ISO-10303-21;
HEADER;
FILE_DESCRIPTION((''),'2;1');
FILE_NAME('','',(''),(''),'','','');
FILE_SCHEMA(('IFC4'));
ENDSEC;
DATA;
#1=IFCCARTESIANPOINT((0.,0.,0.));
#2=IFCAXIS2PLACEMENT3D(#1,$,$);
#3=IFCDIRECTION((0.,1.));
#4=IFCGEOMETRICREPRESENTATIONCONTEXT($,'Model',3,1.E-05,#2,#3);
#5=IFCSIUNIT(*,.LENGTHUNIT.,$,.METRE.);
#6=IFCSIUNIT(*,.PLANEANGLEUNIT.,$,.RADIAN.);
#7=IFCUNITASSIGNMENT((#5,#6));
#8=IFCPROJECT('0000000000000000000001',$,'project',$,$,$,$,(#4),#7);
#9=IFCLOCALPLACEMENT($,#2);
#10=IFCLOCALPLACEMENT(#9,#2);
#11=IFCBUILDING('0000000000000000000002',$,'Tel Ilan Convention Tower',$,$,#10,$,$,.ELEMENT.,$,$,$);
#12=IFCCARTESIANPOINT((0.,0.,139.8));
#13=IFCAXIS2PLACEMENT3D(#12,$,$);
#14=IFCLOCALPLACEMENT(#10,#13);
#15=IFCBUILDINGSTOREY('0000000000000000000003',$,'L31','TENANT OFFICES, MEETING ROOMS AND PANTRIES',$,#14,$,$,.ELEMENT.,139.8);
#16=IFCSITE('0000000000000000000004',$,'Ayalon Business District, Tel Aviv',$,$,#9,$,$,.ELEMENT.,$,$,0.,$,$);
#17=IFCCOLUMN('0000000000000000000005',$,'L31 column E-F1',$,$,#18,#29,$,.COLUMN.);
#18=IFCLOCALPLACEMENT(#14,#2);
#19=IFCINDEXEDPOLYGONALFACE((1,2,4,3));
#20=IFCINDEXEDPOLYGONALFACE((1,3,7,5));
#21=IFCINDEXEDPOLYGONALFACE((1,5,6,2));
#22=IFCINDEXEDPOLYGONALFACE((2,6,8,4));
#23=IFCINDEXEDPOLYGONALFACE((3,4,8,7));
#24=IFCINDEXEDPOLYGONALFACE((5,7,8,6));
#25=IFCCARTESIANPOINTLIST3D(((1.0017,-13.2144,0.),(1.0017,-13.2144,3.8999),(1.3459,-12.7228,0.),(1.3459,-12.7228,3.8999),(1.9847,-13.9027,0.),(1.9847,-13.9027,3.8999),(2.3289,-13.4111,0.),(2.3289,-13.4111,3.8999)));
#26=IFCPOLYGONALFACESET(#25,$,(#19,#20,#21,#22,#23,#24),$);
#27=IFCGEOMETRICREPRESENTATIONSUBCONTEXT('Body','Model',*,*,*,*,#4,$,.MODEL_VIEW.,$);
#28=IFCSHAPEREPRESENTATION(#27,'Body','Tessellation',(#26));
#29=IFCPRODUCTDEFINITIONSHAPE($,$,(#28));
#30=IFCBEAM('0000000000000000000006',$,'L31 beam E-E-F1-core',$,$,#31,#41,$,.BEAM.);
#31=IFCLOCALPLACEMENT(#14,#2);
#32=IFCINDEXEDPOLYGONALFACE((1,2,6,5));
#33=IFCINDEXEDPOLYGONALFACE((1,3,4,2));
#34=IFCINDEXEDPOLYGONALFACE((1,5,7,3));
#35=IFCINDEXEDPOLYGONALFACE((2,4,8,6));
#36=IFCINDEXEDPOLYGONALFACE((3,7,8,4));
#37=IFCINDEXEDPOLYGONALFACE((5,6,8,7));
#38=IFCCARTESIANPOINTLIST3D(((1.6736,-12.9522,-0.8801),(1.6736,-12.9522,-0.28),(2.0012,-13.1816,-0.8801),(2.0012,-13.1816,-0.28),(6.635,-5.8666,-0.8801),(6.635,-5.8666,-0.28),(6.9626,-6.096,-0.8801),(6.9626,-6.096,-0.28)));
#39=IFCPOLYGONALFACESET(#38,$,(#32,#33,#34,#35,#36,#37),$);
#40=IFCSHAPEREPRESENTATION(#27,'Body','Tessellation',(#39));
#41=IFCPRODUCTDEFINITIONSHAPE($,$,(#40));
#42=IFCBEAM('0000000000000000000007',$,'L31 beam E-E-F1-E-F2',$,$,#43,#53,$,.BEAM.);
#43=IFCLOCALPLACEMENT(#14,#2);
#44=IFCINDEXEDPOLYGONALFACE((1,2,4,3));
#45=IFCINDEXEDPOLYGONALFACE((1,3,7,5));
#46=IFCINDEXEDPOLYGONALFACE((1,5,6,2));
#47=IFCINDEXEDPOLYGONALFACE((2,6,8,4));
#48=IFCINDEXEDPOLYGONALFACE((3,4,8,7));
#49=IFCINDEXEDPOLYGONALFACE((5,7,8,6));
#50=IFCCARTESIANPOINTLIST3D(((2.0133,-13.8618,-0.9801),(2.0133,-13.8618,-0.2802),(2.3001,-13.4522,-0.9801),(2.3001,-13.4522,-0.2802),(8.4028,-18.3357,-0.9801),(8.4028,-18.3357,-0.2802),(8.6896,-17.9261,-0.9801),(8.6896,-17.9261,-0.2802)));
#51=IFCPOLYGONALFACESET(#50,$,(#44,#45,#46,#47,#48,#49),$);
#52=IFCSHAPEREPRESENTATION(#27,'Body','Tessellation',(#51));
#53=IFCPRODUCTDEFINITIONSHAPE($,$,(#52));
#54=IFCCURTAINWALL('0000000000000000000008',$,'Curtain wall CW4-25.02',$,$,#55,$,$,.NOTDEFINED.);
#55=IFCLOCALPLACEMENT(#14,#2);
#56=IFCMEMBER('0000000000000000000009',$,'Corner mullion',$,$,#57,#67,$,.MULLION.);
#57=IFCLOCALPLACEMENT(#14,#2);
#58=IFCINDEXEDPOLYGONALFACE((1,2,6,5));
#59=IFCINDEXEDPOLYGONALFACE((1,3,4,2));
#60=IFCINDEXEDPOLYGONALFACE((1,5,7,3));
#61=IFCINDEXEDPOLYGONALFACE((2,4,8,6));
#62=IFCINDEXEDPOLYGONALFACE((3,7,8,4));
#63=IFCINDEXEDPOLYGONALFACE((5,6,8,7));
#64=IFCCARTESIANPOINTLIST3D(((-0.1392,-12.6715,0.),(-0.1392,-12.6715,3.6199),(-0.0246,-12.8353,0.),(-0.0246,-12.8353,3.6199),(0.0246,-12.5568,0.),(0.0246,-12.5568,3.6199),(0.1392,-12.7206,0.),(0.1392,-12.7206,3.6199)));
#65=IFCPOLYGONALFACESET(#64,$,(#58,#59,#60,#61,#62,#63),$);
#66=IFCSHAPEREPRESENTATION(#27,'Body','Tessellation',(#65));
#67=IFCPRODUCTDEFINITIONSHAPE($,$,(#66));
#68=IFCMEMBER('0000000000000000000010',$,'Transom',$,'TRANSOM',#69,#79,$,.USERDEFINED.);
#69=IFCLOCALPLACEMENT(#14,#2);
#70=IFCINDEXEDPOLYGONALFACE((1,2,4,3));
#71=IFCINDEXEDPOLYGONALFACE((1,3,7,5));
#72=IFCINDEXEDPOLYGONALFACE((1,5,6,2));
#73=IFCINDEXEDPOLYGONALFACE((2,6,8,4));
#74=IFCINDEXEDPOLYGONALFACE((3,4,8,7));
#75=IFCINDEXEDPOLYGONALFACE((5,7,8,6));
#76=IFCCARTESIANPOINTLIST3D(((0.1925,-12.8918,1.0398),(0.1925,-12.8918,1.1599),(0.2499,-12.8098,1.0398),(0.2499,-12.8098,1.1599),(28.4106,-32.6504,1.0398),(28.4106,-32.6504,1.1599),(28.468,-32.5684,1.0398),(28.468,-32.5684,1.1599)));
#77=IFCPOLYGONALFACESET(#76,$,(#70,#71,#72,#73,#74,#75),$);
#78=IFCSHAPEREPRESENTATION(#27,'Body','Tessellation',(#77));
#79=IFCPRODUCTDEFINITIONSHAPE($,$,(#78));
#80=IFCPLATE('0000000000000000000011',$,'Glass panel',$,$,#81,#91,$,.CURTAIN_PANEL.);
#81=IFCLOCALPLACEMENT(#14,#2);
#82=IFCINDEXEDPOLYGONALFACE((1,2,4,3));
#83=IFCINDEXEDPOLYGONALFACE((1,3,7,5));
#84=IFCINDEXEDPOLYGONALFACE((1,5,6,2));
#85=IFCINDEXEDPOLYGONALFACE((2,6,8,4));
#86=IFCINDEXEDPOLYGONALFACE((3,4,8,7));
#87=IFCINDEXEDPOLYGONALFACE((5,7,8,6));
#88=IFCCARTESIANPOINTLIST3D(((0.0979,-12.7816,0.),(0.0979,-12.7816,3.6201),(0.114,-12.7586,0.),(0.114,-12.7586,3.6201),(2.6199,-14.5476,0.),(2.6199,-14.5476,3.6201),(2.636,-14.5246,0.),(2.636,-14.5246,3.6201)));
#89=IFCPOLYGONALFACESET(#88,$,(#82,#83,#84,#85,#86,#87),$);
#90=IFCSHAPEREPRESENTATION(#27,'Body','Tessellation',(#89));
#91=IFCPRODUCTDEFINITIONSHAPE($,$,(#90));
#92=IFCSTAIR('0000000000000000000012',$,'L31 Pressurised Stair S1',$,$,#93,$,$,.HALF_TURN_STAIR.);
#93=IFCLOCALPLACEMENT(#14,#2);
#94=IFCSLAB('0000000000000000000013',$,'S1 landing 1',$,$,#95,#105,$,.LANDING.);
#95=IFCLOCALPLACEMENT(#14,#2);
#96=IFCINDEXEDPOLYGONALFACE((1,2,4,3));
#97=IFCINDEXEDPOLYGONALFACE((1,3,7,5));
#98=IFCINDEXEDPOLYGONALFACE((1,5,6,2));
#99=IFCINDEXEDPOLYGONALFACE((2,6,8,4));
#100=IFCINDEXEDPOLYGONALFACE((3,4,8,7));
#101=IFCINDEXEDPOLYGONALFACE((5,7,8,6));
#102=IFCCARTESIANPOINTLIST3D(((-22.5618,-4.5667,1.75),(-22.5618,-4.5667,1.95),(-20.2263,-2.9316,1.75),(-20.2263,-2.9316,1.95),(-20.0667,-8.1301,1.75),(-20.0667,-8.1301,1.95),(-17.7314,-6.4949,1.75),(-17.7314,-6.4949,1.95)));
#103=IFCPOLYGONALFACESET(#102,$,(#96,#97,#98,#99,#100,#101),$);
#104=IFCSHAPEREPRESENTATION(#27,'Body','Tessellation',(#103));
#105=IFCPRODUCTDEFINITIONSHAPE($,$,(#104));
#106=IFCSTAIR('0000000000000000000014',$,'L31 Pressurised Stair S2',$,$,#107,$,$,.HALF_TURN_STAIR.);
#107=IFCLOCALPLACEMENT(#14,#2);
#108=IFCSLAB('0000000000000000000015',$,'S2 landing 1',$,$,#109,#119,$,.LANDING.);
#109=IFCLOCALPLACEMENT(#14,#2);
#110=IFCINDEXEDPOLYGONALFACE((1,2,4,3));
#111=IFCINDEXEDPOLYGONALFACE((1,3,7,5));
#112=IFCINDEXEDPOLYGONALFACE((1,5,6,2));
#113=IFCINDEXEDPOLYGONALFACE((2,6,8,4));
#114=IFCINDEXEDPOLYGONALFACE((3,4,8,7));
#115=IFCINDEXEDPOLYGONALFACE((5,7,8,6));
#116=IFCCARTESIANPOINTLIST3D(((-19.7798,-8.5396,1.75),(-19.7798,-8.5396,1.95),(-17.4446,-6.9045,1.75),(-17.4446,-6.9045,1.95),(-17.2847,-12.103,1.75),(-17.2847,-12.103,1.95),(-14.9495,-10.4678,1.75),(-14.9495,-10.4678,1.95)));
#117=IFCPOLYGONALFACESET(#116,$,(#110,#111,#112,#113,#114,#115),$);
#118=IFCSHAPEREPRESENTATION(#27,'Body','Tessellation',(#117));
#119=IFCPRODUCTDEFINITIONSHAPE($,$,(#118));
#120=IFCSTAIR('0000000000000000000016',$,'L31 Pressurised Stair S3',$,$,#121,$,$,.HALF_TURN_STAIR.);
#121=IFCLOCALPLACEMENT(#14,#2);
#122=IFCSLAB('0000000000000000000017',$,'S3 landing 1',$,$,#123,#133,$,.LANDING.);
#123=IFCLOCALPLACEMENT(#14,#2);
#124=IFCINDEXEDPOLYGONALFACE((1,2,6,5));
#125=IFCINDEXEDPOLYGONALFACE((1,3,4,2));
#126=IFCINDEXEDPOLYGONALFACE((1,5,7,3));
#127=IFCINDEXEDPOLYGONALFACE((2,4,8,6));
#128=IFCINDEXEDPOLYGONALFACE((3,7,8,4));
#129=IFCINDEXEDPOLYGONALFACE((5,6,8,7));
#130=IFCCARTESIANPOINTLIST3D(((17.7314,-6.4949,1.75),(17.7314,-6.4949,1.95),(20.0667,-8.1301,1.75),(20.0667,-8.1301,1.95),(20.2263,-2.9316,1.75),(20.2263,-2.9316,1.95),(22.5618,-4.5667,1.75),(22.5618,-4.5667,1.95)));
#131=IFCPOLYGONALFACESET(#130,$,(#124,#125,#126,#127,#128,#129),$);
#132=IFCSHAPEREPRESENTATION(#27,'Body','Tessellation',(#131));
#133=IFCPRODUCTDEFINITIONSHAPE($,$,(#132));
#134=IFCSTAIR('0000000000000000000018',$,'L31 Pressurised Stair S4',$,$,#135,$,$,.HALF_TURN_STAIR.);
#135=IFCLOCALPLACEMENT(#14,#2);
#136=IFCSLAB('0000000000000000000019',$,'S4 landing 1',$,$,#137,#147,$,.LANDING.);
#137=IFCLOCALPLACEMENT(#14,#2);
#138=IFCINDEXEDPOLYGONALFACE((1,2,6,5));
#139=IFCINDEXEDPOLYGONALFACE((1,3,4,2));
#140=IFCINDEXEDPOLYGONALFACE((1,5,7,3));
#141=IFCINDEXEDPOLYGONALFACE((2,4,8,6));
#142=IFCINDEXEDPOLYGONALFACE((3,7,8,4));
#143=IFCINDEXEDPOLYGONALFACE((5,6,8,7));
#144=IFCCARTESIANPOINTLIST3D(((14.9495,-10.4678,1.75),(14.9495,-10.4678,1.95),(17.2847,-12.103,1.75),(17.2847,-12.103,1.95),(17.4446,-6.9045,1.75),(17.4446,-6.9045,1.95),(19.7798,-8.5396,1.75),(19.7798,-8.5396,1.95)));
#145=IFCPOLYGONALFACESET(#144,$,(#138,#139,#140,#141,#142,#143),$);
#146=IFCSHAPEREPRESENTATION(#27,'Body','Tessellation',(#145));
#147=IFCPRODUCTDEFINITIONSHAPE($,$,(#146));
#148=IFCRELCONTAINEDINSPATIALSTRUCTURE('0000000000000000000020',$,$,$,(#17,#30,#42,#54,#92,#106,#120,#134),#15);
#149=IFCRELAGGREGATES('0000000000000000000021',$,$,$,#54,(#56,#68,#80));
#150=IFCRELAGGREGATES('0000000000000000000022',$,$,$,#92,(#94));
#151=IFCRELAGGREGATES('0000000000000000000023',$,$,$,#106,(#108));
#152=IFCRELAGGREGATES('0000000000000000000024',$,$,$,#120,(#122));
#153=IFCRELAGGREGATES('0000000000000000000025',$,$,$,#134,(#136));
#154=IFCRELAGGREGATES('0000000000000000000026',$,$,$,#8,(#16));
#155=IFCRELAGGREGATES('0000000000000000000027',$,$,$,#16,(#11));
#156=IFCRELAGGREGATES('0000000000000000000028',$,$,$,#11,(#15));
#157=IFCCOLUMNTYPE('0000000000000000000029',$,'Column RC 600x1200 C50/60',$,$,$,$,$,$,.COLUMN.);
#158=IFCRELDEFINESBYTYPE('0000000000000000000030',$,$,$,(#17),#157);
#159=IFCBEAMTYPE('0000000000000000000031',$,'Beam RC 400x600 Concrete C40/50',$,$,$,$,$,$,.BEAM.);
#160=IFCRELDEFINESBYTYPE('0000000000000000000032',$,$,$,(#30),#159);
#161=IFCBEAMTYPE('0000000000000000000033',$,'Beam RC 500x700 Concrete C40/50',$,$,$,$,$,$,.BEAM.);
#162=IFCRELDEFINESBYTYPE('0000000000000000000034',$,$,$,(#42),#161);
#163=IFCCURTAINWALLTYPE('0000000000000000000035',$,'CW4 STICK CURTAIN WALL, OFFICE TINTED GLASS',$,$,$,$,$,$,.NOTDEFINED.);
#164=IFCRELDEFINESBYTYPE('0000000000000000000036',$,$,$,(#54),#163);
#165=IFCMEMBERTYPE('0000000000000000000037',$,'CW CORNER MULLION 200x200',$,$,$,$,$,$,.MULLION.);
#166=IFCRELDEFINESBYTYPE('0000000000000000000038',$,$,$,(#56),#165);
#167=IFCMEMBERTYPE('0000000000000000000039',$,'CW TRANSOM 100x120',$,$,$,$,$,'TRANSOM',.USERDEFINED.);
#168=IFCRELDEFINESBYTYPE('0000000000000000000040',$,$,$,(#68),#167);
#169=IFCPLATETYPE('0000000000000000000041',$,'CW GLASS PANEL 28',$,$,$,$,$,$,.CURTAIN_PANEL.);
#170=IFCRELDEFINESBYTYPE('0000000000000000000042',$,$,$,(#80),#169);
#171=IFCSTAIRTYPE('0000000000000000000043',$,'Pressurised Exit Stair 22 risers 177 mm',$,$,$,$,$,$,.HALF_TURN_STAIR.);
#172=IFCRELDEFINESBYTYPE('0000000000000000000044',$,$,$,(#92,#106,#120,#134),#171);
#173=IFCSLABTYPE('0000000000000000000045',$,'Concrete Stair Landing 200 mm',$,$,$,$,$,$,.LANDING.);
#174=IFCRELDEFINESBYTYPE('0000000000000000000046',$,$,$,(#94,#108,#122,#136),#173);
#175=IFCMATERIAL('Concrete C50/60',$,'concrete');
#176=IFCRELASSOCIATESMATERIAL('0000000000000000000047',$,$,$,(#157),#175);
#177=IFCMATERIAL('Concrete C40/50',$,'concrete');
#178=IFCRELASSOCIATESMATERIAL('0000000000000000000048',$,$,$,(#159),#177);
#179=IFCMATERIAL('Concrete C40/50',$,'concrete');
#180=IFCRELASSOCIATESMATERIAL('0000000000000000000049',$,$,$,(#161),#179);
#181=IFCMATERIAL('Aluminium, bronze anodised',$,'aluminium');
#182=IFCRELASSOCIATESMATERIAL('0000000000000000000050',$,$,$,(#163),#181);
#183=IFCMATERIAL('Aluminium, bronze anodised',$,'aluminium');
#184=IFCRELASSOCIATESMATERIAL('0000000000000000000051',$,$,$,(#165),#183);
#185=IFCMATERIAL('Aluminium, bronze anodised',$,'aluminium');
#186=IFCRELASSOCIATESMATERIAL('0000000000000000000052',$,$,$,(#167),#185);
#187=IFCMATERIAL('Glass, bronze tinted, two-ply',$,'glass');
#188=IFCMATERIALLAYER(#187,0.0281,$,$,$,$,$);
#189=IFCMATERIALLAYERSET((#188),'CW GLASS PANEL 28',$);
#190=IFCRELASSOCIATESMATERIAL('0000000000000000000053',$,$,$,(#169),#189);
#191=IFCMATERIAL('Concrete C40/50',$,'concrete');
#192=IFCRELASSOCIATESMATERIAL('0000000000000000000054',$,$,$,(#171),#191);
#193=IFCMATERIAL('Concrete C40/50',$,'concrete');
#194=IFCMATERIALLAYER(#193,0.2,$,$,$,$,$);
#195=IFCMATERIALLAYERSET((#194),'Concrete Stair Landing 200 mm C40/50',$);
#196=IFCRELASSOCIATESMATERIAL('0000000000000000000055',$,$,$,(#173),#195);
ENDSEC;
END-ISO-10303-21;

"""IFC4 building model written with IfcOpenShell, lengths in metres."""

from ifc_helpers import new_model, si_unit, direction, frame, origin, origin_2d, place, context, subcontext, project, spatial, polyline, rectangle, outline, extrude, material, layer, layer_set, material_profile, profile_set, type_object, element, aggregate, save


model = new_model("IFC4")

# Units and contexts
model_context = context("Model", 3, precision=1e-05, world=origin(), true_north=direction((0.0, 1.0)))
body_context = subcontext(model_context, "Body", "Model", "MODEL_VIEW")
ifc_project = project(units=[si_unit("LENGTHUNIT", "METRE"), si_unit("PLANEANGLEUNIT", "RADIAN")], contexts=[model_context])

# Site, building, storey
site_placement = place(None, origin())
site = spatial("IfcSite", under=ifc_project, at=site_placement, Name="Ayalon Business District, Tel Aviv", CompositionType="ELEMENT", RefElevation=0.0)
building_placement = place(site_placement, origin())
building = spatial("IfcBuilding", under=site, at=building_placement, Name="Tel Ilan Convention Tower", CompositionType="ELEMENT")
storey_placement = place(building_placement, frame((0.0, 0.0, 139.8)))
storey = spatial("IfcBuildingStorey", under=building, at=storey_placement, Name="L31", Description="TENANT OFFICES, MEETING ROOMS AND PANTRIES", CompositionType="ELEMENT", Elevation=139.8)

# Column
ifc_material_1 = material(Name="Concrete C50/60", Category="concrete")
ifc_material_profile_1 = material_profile(ifc_material_1, rectangle(XDim=1.2, YDim=0.6001, at=origin_2d()), Name="RC 600x1200")
ifc_profile_set_1 = profile_set([ifc_material_profile_1], Name="Concrete C50/60")
column_type = type_object("IfcColumnType", Name="Column RC 600x1200 C50/60", PredefinedType="COLUMN", material=ifc_profile_set_1)
column_placement = place(storey_placement, frame((1.6653, -13.3127, 0.0), z_axis=(0.0, 0.0, 1.0), x_axis=(0.819152, -0.573576, 0.0)))
element("IfcColumn", 1, at=column_placement, inside=storey, type_object=column_type, Name="L31 column E-F1", PredefinedType="COLUMN", context=body_context, shape_type="SweptSolid", body=[
    extrude(rectangle(XDim=1.2, YDim=0.6001, at=origin_2d()), origin(), (0.0, 0.0, 1.0), 3.8999),
])

# Beams
ifc_material_2 = material(Name="Concrete C40/50", Category="concrete")
ifc_material_profile_2 = material_profile(ifc_material_2, rectangle(XDim=0.3999, YDim=0.6001, at=origin_2d()), Name="RC 400x600")
ifc_profile_set_2 = profile_set([ifc_material_profile_2], Name="Concrete C40/50")
beam_type_1 = type_object("IfcBeamType", Name="Beam RC 400x600 Concrete C40/50", PredefinedType="BEAM", material=ifc_profile_set_2)
beam_1_placement = place(storey_placement, frame((1.8374, -13.0669, -0.5801), z_axis=(0.573574, 0.819154, 0.0), x_axis=(-0.819154, 0.573574, 0.0)))
element("IfcBeam", 2, at=beam_1_placement, inside=storey, type_object=beam_type_1, Name="L31 beam E-E-F1-core", PredefinedType="BEAM", context=body_context, shape_type="SweptSolid", body=[
    extrude(rectangle(XDim=0.3999, YDim=0.6001, at=origin_2d()), origin(), (0.0, 0.0, 1.0), 8.6499),
])
ifc_material_3 = material(Name="Concrete C40/50", Category="concrete")
ifc_material_profile_3 = material_profile(ifc_material_3, rectangle(XDim=0.5, YDim=0.7, at=origin_2d()), Name="RC 500x700")
ifc_profile_set_3 = profile_set([ifc_material_profile_3], Name="Concrete C40/50")
beam_type_2 = type_object("IfcBeamType", Name="Beam RC 500x700 Concrete C40/50", PredefinedType="BEAM", material=ifc_profile_set_3)
beam_2_placement = place(storey_placement, frame((2.1567, -13.657, -0.6301), z_axis=(0.819154, -0.573574, 0.0), x_axis=(0.573574, 0.819154, 0.0)))
element("IfcBeam", 3, at=beam_2_placement, inside=storey, type_object=beam_type_2, Name="L31 beam E-E-F1-E-F2", PredefinedType="BEAM", context=body_context, shape_type="SweptSolid", body=[
    extrude(rectangle(XDim=0.5, YDim=0.7, at=origin_2d()), origin(), (0.0, 0.0, 1.0), 7.8),
])

# Curtain wall, members, plate
ifc_material_4 = material(Name="Aluminium, bronze anodised", Category="aluminium")
curtain_wall_type = type_object("IfcCurtainWallType", Name="CW4 STICK CURTAIN WALL, OFFICE TINTED GLASS", PredefinedType="NOTDEFINED", material=ifc_material_4)
curtain_wall_placement = place(storey_placement, origin())
curtain_wall = element("IfcCurtainWall", 4, at=curtain_wall_placement, inside=storey, type_object=curtain_wall_type, Name="Curtain wall CW4-25.02", PredefinedType="NOTDEFINED")
ifc_material_5 = material(Name="Aluminium, bronze anodised", Category="aluminium")
ifc_material_profile_4 = material_profile(ifc_material_5, rectangle(XDim=0.2, YDim=0.2, at=origin_2d()), Name="CW CORNER MULLION 200x200")
ifc_profile_set_4 = profile_set([ifc_material_profile_4], Name="Aluminium, bronze anodised")
member_type_1 = type_object("IfcMemberType", Name="CW CORNER MULLION 200x200", PredefinedType="MULLION", material=ifc_profile_set_4)
member_1_placement = place(storey_placement, frame((0.0, -12.696, 0.0), z_axis=(0.0, 0.0, 1.0), x_axis=(0.819152, 0.573576, 0.0)))
member_1 = element("IfcMember", 5, at=member_1_placement, type_object=member_type_1, Name="Corner mullion", PredefinedType="MULLION", context=body_context, shape_type="SweptSolid", body=[
    extrude(rectangle(XDim=0.2, YDim=0.2, at=origin_2d()), origin(), (0.0, 0.0, 1.0), 3.6199),
])
ifc_material_6 = material(Name="Aluminium, bronze anodised", Category="aluminium")
ifc_material_profile_5 = material_profile(ifc_material_6, rectangle(XDim=0.1001, YDim=0.1201, at=origin_2d()), Name="CW TRANSOM 100x120")
ifc_profile_set_5 = profile_set([ifc_material_profile_5], Name="Aluminium, bronze anodised")
member_type_2 = type_object("IfcMemberType", Name="CW TRANSOM 100x120", ElementType="TRANSOM", PredefinedType="USERDEFINED", material=ifc_profile_set_5)
member_2_placement = place(storey_placement, frame((0.2212, -12.8508, 1.0999), z_axis=(0.819151, -0.573578, 0.0), x_axis=(0.573578, 0.819151, 0.0)))
member_2 = element("IfcMember", 6, at=member_2_placement, type_object=member_type_2, Name="Transom", ObjectType="TRANSOM", PredefinedType="USERDEFINED", context=body_context, shape_type="SweptSolid", body=[
    extrude(rectangle(XDim=0.1001, YDim=0.1201, at=origin_2d()), origin(), (0.0, 0.0, 1.0), 34.448),
])
ifc_material_7 = material(Name="Glass, bronze tinted, two-ply", Category="glass")
ifc_layer_1 = layer(ifc_material_7, 0.0281)
ifc_layer_set_1 = layer_set([ifc_layer_1], Name="CW GLASS PANEL 28")
plate_type = type_object("IfcPlateType", Name="CW GLASS PANEL 28", PredefinedType="CURTAIN_PANEL", material=ifc_layer_set_1)
plate_placement = place(storey_placement, frame((1.3669, -13.6531, 0.0), z_axis=(0.0, 0.0, 1.0), x_axis=(0.819152, -0.573576, 0.0)))
plate = element("IfcPlate", 7, at=plate_placement, type_object=plate_type, Name="Glass panel", PredefinedType="CURTAIN_PANEL", context=body_context, shape_type="SweptSolid", body=[
    extrude(rectangle(XDim=3.0789, YDim=0.0281, at=origin_2d()), origin(), (0.0, 0.0, 1.0), 3.6201),
])
aggregate(curtain_wall, [member_1, member_2, plate])

# Stairs, slabs
ifc_material_8 = material(Name="Concrete C40/50", Category="concrete")
stair_type = type_object("IfcStairType", Name="Pressurised Exit Stair 22 risers 177 mm", PredefinedType="HALF_TURN_STAIR", material=ifc_material_8)
stair_1_placement = place(storey_placement, origin())
stair_1 = element("IfcStair", 8, at=stair_1_placement, inside=storey, type_object=stair_type, Name="L31 Pressurised Stair S1", PredefinedType="HALF_TURN_STAIR")
ifc_material_9 = material(Name="Concrete C40/50", Category="concrete")
ifc_layer_2 = layer(ifc_material_9, 0.2)
ifc_layer_set_2 = layer_set([ifc_layer_2], Name="Concrete Stair Landing 200 mm C40/50")
slab_type_1 = type_object("IfcSlabType", Name="Concrete Stair Landing 200 mm", PredefinedType="LANDING", material=ifc_layer_set_2)
slab_1_placement = place(storey_placement, frame((0.0, 0.0, 1.75)))
slab_1 = element("IfcSlab", 9, at=slab_1_placement, type_object=slab_type_1, Name="S1 landing 1", PredefinedType="LANDING", context=body_context, shape_type="SweptSolid", body=[
    extrude(outline(polyline([(-20.0667, -8.1301), (-17.7314, -6.4949), (-20.2263, -2.9316), (-22.5618, -4.5667), (-20.0667, -8.1301)])), origin(), (0.0, 0.0, 1.0), 0.2),
])
aggregate(stair_1, [slab_1])
stair_2_placement = place(storey_placement, origin())
stair_2 = element("IfcStair", 10, at=stair_2_placement, inside=storey, type_object=stair_type, Name="L31 Pressurised Stair S2", PredefinedType="HALF_TURN_STAIR")
slab_2_placement = place(storey_placement, frame((0.0, 0.0, 1.75)))
slab_2 = element("IfcSlab", 11, at=slab_2_placement, type_object=slab_type_1, Name="S2 landing 1", PredefinedType="LANDING", context=body_context, shape_type="SweptSolid", body=[
    extrude(outline(polyline([(-17.2847, -12.103), (-14.9495, -10.4678), (-17.4446, -6.9045), (-19.7798, -8.5396), (-17.2847, -12.103)])), origin(), (0.0, 0.0, 1.0), 0.2),
])
aggregate(stair_2, [slab_2])
stair_3_placement = place(storey_placement, origin())
stair_3 = element("IfcStair", 12, at=stair_3_placement, inside=storey, type_object=stair_type, Name="L31 Pressurised Stair S3", PredefinedType="HALF_TURN_STAIR")
slab_3_placement = place(storey_placement, frame((0.0, 0.0, 1.75)))
slab_3 = element("IfcSlab", 13, at=slab_3_placement, type_object=slab_type_1, Name="S3 landing 1", PredefinedType="LANDING", context=body_context, shape_type="SweptSolid", body=[
    extrude(outline(polyline([(22.5618, -4.5667), (20.2263, -2.9316), (17.7314, -6.4949), (20.0667, -8.1301), (22.5618, -4.5667)])), origin(), (0.0, 0.0, 1.0), 0.2),
])
aggregate(stair_3, [slab_3])
stair_4_placement = place(storey_placement, origin())
stair_4 = element("IfcStair", 14, at=stair_4_placement, inside=storey, type_object=stair_type, Name="L31 Pressurised Stair S4", PredefinedType="HALF_TURN_STAIR")
slab_4_placement = place(storey_placement, frame((0.0, 0.0, 1.75)))
slab_4 = element("IfcSlab", 15, at=slab_4_placement, type_object=slab_type_1, Name="S4 landing 1", PredefinedType="LANDING", context=body_context, shape_type="SweptSolid", body=[
    extrude(outline(polyline([(19.7798, -8.5396), (17.4446, -6.9045), (14.9495, -10.4678), (17.2847, -12.103), (19.7798, -8.5396)])), origin(), (0.0, 0.0, 1.0), 0.2),
])
aggregate(stair_4, [slab_4])

save(model, "model.ifc")
